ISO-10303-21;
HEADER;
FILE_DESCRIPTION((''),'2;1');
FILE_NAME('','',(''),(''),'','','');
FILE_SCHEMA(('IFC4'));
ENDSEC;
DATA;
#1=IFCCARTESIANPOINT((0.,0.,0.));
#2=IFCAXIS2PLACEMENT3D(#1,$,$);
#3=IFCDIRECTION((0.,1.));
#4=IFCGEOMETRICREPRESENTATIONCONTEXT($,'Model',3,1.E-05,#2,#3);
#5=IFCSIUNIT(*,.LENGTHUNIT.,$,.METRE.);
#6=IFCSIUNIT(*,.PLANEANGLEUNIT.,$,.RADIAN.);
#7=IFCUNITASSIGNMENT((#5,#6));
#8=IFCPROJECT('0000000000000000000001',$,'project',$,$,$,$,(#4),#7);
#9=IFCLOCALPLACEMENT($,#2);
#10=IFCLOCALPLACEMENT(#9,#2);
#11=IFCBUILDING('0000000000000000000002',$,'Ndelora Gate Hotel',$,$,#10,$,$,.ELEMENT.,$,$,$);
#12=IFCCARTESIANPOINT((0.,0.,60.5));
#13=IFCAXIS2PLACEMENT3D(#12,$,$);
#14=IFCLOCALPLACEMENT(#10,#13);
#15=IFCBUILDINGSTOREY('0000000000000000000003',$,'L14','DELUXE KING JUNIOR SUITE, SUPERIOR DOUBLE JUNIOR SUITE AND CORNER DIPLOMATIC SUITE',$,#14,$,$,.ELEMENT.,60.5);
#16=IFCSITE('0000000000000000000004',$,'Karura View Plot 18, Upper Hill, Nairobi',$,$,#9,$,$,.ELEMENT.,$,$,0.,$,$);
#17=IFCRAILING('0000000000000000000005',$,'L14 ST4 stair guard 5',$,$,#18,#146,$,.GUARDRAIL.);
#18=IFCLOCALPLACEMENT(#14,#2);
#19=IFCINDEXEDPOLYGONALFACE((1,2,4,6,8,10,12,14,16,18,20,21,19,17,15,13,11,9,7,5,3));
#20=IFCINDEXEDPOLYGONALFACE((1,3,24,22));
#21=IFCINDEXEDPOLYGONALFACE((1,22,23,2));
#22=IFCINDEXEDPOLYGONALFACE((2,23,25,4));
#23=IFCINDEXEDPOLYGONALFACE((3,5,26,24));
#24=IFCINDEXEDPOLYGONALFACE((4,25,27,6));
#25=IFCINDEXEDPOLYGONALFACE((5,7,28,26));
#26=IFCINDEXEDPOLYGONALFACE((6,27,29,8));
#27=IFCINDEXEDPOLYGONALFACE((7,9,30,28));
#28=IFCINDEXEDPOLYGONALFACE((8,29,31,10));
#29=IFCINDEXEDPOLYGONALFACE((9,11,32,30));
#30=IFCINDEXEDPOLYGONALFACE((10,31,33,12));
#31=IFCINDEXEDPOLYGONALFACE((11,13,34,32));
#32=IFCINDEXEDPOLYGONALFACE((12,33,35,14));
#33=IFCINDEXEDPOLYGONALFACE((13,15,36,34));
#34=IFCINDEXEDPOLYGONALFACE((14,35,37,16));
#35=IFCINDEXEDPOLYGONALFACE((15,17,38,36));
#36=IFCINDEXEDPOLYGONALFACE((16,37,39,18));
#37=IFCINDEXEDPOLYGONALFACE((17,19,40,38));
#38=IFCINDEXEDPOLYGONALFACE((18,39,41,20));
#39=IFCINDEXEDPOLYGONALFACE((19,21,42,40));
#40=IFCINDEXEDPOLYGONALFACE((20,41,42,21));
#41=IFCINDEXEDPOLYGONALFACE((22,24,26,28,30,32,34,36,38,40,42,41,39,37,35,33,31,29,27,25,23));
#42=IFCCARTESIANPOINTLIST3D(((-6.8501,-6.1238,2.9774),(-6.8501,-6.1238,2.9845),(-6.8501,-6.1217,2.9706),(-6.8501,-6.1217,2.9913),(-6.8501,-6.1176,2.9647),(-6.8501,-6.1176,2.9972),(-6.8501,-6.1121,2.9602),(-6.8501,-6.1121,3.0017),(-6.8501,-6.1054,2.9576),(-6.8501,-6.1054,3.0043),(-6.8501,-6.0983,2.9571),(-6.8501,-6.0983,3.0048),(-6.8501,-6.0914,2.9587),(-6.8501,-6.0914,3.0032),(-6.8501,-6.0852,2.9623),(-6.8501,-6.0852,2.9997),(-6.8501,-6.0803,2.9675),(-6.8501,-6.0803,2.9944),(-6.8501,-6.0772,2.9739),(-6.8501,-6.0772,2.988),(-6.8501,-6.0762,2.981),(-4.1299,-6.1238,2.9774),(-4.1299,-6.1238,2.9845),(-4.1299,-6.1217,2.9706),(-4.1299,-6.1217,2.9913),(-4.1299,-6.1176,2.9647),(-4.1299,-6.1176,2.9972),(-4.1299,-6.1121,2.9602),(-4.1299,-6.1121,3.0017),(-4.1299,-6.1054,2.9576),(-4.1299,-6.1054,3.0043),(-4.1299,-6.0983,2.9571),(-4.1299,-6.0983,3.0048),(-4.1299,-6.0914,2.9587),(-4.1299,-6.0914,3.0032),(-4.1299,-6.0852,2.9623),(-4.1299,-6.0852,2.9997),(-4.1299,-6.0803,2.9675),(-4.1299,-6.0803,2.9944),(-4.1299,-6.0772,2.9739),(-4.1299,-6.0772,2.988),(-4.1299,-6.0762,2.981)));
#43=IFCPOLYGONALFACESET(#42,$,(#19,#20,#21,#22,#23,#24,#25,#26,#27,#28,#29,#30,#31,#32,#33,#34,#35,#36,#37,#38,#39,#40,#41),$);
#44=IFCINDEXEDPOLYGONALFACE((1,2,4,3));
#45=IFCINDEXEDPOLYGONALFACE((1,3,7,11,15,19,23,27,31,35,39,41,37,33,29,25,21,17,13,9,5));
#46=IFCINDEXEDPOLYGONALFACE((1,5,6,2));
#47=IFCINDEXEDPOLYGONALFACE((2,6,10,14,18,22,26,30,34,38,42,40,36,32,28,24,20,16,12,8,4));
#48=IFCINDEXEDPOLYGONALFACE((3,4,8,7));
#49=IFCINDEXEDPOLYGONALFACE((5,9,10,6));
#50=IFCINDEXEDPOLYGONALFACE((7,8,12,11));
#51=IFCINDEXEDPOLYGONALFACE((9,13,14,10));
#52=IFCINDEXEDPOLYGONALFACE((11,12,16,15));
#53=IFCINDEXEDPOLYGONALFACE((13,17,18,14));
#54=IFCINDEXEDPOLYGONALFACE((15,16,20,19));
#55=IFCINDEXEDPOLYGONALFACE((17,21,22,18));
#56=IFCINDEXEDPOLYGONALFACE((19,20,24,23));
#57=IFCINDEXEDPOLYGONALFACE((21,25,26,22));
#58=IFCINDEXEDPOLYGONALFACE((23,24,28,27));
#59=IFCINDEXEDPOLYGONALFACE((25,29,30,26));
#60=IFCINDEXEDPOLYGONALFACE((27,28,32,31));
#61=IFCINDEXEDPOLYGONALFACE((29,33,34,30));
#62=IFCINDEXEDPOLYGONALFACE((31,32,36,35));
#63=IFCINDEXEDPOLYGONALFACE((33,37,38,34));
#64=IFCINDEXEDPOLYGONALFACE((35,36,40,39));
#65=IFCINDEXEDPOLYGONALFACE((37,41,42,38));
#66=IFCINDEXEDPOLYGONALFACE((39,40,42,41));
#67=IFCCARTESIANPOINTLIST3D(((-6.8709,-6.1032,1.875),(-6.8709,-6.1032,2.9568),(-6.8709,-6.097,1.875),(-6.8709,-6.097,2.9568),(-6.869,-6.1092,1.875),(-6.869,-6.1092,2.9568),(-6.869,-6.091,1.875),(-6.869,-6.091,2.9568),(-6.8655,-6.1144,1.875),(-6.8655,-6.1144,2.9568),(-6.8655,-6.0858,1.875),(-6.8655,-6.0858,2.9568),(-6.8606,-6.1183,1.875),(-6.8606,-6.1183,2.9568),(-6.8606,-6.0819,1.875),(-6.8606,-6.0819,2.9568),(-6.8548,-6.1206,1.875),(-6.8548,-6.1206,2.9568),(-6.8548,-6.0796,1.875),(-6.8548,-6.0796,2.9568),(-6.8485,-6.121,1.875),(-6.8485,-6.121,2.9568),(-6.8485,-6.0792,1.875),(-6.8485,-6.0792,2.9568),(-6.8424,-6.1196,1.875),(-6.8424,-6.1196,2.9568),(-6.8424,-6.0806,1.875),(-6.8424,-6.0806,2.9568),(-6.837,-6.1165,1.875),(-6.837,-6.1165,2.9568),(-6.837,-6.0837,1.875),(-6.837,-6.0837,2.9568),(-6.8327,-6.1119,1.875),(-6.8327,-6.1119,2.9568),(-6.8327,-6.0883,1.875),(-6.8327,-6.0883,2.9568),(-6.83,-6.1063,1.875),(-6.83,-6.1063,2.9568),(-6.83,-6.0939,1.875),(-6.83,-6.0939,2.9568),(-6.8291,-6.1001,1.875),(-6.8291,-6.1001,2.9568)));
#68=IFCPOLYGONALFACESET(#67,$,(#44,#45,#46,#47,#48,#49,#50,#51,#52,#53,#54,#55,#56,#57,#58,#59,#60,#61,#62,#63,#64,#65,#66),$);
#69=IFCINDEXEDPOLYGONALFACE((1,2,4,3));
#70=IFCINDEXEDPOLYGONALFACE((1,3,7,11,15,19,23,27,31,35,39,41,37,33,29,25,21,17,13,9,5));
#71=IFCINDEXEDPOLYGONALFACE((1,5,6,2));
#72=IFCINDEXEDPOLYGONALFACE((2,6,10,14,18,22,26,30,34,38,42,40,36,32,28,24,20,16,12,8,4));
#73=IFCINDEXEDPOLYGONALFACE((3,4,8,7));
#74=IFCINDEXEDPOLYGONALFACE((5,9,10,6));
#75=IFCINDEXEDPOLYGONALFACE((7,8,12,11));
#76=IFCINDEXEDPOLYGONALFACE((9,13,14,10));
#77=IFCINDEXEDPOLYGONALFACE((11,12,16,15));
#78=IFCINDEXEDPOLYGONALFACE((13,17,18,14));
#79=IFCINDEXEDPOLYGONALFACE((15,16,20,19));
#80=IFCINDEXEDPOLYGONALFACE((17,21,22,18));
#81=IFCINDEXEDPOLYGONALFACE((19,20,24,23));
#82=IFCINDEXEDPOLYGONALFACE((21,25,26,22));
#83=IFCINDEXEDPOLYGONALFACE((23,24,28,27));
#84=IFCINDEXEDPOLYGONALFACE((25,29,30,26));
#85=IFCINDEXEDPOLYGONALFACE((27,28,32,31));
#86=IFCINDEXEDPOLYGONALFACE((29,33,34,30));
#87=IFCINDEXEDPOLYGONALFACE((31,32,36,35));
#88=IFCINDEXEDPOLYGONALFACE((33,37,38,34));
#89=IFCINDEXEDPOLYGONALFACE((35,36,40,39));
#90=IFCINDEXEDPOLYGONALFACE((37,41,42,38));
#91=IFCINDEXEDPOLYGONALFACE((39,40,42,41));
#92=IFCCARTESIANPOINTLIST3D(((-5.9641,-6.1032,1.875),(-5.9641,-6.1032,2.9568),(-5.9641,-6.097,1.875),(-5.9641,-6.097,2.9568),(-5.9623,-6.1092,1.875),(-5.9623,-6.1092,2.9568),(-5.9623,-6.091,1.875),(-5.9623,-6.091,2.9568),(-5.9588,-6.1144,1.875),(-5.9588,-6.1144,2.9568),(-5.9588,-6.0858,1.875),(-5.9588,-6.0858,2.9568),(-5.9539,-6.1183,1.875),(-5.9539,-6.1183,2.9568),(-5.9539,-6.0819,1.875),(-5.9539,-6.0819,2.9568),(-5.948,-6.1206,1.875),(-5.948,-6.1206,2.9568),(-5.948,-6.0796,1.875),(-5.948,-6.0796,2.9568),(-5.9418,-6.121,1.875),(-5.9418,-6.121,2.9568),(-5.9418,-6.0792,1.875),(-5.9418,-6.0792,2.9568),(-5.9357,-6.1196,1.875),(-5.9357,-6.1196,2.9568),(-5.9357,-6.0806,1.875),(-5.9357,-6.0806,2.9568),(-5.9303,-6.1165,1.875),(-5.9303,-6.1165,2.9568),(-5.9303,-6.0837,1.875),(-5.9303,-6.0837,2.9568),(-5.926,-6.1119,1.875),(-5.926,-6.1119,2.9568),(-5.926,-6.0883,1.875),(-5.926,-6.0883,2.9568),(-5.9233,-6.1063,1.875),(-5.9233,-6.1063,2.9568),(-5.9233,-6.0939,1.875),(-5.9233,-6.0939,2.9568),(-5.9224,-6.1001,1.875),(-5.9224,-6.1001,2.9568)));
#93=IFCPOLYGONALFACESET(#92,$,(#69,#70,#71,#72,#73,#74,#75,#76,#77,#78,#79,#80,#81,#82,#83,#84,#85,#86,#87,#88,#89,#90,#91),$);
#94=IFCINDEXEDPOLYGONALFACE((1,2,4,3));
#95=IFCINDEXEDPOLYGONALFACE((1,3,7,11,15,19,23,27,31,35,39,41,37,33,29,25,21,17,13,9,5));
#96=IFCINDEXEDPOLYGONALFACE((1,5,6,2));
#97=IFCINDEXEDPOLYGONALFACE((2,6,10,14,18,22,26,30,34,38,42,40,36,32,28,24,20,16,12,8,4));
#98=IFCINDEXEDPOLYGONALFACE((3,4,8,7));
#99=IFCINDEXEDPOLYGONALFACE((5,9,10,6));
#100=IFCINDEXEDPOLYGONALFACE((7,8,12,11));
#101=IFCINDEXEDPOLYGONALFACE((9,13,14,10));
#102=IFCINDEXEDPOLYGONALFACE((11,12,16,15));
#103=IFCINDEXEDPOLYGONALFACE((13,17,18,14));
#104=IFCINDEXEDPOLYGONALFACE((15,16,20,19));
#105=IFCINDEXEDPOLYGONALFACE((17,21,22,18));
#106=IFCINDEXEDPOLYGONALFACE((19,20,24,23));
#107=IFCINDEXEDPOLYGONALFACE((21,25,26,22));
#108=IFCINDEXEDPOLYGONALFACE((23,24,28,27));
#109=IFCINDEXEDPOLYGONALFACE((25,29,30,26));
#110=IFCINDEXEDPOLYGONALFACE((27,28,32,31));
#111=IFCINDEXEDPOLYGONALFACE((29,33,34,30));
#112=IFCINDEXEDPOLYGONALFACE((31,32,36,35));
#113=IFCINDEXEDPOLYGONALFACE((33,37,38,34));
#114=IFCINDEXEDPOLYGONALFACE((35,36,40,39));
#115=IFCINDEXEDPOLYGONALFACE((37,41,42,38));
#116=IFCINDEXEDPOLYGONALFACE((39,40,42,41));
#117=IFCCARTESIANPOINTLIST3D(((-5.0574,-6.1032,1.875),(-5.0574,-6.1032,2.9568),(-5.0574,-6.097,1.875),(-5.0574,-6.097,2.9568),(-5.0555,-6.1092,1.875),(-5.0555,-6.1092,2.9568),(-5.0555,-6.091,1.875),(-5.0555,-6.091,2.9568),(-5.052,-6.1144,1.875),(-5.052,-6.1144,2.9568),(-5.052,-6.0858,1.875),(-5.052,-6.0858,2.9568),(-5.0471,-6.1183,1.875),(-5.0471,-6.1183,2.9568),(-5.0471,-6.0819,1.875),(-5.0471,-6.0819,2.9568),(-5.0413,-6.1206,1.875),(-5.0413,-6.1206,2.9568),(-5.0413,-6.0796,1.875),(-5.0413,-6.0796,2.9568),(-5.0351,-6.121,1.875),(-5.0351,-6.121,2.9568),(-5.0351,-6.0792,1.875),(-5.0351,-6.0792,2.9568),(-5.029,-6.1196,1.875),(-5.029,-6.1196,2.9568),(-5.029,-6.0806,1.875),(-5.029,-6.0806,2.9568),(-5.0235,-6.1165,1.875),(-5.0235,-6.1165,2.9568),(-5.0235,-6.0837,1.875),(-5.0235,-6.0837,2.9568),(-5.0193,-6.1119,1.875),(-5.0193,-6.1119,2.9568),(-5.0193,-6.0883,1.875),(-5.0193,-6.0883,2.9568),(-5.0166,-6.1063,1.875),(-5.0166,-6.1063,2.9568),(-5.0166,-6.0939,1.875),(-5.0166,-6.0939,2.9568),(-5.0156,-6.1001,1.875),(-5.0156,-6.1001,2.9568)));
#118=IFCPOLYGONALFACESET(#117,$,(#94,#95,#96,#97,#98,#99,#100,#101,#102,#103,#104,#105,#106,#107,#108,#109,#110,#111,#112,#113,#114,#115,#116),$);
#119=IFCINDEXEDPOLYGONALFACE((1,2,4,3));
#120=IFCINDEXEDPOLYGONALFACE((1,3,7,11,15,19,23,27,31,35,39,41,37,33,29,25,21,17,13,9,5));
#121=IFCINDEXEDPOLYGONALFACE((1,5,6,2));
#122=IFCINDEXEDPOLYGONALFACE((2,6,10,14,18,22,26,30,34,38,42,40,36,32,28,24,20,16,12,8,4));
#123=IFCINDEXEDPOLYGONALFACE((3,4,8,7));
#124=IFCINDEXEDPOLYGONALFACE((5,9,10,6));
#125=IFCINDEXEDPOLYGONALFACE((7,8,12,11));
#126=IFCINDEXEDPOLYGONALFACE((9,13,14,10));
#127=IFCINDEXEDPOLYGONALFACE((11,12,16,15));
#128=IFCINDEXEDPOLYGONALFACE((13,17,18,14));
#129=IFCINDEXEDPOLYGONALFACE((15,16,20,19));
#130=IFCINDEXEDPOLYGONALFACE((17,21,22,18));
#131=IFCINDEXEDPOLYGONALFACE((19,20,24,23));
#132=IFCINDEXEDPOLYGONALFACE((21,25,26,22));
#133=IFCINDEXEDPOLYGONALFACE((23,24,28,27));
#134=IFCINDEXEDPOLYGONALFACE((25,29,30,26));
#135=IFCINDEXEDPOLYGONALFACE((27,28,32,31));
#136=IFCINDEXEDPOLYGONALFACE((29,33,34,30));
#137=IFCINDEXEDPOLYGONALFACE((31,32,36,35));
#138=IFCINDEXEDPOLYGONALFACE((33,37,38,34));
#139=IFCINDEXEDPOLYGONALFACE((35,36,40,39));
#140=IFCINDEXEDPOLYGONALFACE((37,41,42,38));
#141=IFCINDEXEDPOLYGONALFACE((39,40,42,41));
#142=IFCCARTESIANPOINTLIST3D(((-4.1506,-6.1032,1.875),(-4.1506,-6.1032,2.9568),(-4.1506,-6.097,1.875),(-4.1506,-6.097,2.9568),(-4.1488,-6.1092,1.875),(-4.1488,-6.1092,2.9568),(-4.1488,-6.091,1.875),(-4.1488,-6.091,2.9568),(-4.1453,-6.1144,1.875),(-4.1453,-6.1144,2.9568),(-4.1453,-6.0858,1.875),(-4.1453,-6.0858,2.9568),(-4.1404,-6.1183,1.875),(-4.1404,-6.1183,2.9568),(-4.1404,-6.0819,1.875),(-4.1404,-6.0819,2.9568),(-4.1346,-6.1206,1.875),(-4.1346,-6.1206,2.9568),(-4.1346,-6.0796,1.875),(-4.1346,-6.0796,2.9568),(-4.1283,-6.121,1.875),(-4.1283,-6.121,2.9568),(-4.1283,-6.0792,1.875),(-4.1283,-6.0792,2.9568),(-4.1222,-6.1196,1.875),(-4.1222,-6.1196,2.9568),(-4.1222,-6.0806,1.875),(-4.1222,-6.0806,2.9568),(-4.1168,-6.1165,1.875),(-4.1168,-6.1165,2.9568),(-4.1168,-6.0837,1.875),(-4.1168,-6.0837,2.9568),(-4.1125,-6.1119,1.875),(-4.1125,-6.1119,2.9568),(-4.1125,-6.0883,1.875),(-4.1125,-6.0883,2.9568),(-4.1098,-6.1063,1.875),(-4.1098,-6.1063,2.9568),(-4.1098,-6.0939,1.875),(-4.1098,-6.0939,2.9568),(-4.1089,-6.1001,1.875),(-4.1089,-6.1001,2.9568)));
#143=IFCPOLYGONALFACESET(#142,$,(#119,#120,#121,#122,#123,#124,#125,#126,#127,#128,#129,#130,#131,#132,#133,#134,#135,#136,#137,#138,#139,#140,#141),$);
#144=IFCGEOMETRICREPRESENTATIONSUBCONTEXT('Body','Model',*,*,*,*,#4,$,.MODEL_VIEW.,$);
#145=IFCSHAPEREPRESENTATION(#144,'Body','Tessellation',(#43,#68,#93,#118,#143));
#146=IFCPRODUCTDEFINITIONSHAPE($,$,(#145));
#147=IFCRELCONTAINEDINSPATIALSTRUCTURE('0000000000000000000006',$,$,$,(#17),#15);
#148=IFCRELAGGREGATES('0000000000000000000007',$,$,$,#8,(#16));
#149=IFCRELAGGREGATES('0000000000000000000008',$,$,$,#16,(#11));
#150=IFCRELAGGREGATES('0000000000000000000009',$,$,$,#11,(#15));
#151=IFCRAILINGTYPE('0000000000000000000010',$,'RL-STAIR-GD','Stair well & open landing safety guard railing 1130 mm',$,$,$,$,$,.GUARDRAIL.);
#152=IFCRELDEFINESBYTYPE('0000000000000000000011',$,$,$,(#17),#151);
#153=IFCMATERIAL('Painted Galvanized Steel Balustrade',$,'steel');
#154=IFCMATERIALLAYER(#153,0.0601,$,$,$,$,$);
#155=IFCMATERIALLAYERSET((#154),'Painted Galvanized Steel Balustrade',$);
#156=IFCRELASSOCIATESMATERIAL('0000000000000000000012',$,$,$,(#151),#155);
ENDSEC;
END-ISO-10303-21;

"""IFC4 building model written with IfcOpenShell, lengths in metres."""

from ifc_helpers import new_model, si_unit, direction, frame, origin, origin_2d, place, context, subcontext, project, spatial, circle, extrude, material, layer, layer_set, type_object, element, save


model = new_model("IFC4")

# Units and contexts
model_context = context("Model", 3, precision=1e-05, world=origin(), true_north=direction((0.0, 1.0)))
body_context = subcontext(model_context, "Body", "Model", "MODEL_VIEW")
ifc_project = project(units=[si_unit("LENGTHUNIT", "METRE"), si_unit("PLANEANGLEUNIT", "RADIAN")], contexts=[model_context])

# Site, building, storey
site_placement = place(None, origin())
site = spatial("IfcSite", under=ifc_project, at=site_placement, Name="Karura View Plot 18, Upper Hill, Nairobi", CompositionType="ELEMENT", RefElevation=0.0)
building_placement = place(site_placement, origin())
building = spatial("IfcBuilding", under=site, at=building_placement, Name="Ndelora Gate Hotel", CompositionType="ELEMENT")
storey_placement = place(building_placement, frame((0.0, 0.0, 60.5)))
storey = spatial("IfcBuildingStorey", under=building, at=storey_placement, Name="L14", Description="DELUXE KING JUNIOR SUITE, SUPERIOR DOUBLE JUNIOR SUITE AND CORNER DIPLOMATIC SUITE", CompositionType="ELEMENT", Elevation=60.5)

# Railing
ifc_material_1 = material(Name="Painted Galvanized Steel Balustrade", Category="steel")
ifc_layer_1 = layer(ifc_material_1, 0.0601)
ifc_layer_set_1 = layer_set([ifc_layer_1], Name="Painted Galvanized Steel Balustrade")
railing_type_1 = type_object("IfcRailingType", Name="RL-STAIR-GD", Description="Stair well & open landing safety guard railing 1130 mm", PredefinedType="GUARDRAIL", material=ifc_layer_set_1)
railing_1_placement = place(storey_placement, frame((-6.8501, -6.1001, 1.875)))
element("IfcRailing", 1, at=railing_1_placement, inside=storey, type_object=railing_type_1, Name="L14 ST4 stair guard 5", PredefinedType="GUARDRAIL", context=body_context, shape_type="SweptSolid", body=[
    extrude(circle(Radius=0.0239, at=origin_2d()), frame((0.0, 0.0, 1.106), z_axis=(1.0, 0.0, 0.0), x_axis=(0.0, 1.0, 0.0)), (0.0, 0.0, 1.0), 2.7202),
    extrude(circle(Radius=0.021, at=origin_2d()), origin(), (0.0, 0.0, 1.0), 1.0818),
    extrude(circle(Radius=0.021, at=origin_2d()), frame((0.9067, 0.0, 0.0)), (0.0, 0.0, 1.0), 1.0818),
    extrude(circle(Radius=0.021, at=origin_2d()), frame((1.8135, 0.0, 0.0)), (0.0, 0.0, 1.0), 1.0818),
    extrude(circle(Radius=0.021, at=origin_2d()), frame((2.7202, 0.0, 0.0)), (0.0, 0.0, 1.0), 1.0818),
])

save(model, "model.ifc")
